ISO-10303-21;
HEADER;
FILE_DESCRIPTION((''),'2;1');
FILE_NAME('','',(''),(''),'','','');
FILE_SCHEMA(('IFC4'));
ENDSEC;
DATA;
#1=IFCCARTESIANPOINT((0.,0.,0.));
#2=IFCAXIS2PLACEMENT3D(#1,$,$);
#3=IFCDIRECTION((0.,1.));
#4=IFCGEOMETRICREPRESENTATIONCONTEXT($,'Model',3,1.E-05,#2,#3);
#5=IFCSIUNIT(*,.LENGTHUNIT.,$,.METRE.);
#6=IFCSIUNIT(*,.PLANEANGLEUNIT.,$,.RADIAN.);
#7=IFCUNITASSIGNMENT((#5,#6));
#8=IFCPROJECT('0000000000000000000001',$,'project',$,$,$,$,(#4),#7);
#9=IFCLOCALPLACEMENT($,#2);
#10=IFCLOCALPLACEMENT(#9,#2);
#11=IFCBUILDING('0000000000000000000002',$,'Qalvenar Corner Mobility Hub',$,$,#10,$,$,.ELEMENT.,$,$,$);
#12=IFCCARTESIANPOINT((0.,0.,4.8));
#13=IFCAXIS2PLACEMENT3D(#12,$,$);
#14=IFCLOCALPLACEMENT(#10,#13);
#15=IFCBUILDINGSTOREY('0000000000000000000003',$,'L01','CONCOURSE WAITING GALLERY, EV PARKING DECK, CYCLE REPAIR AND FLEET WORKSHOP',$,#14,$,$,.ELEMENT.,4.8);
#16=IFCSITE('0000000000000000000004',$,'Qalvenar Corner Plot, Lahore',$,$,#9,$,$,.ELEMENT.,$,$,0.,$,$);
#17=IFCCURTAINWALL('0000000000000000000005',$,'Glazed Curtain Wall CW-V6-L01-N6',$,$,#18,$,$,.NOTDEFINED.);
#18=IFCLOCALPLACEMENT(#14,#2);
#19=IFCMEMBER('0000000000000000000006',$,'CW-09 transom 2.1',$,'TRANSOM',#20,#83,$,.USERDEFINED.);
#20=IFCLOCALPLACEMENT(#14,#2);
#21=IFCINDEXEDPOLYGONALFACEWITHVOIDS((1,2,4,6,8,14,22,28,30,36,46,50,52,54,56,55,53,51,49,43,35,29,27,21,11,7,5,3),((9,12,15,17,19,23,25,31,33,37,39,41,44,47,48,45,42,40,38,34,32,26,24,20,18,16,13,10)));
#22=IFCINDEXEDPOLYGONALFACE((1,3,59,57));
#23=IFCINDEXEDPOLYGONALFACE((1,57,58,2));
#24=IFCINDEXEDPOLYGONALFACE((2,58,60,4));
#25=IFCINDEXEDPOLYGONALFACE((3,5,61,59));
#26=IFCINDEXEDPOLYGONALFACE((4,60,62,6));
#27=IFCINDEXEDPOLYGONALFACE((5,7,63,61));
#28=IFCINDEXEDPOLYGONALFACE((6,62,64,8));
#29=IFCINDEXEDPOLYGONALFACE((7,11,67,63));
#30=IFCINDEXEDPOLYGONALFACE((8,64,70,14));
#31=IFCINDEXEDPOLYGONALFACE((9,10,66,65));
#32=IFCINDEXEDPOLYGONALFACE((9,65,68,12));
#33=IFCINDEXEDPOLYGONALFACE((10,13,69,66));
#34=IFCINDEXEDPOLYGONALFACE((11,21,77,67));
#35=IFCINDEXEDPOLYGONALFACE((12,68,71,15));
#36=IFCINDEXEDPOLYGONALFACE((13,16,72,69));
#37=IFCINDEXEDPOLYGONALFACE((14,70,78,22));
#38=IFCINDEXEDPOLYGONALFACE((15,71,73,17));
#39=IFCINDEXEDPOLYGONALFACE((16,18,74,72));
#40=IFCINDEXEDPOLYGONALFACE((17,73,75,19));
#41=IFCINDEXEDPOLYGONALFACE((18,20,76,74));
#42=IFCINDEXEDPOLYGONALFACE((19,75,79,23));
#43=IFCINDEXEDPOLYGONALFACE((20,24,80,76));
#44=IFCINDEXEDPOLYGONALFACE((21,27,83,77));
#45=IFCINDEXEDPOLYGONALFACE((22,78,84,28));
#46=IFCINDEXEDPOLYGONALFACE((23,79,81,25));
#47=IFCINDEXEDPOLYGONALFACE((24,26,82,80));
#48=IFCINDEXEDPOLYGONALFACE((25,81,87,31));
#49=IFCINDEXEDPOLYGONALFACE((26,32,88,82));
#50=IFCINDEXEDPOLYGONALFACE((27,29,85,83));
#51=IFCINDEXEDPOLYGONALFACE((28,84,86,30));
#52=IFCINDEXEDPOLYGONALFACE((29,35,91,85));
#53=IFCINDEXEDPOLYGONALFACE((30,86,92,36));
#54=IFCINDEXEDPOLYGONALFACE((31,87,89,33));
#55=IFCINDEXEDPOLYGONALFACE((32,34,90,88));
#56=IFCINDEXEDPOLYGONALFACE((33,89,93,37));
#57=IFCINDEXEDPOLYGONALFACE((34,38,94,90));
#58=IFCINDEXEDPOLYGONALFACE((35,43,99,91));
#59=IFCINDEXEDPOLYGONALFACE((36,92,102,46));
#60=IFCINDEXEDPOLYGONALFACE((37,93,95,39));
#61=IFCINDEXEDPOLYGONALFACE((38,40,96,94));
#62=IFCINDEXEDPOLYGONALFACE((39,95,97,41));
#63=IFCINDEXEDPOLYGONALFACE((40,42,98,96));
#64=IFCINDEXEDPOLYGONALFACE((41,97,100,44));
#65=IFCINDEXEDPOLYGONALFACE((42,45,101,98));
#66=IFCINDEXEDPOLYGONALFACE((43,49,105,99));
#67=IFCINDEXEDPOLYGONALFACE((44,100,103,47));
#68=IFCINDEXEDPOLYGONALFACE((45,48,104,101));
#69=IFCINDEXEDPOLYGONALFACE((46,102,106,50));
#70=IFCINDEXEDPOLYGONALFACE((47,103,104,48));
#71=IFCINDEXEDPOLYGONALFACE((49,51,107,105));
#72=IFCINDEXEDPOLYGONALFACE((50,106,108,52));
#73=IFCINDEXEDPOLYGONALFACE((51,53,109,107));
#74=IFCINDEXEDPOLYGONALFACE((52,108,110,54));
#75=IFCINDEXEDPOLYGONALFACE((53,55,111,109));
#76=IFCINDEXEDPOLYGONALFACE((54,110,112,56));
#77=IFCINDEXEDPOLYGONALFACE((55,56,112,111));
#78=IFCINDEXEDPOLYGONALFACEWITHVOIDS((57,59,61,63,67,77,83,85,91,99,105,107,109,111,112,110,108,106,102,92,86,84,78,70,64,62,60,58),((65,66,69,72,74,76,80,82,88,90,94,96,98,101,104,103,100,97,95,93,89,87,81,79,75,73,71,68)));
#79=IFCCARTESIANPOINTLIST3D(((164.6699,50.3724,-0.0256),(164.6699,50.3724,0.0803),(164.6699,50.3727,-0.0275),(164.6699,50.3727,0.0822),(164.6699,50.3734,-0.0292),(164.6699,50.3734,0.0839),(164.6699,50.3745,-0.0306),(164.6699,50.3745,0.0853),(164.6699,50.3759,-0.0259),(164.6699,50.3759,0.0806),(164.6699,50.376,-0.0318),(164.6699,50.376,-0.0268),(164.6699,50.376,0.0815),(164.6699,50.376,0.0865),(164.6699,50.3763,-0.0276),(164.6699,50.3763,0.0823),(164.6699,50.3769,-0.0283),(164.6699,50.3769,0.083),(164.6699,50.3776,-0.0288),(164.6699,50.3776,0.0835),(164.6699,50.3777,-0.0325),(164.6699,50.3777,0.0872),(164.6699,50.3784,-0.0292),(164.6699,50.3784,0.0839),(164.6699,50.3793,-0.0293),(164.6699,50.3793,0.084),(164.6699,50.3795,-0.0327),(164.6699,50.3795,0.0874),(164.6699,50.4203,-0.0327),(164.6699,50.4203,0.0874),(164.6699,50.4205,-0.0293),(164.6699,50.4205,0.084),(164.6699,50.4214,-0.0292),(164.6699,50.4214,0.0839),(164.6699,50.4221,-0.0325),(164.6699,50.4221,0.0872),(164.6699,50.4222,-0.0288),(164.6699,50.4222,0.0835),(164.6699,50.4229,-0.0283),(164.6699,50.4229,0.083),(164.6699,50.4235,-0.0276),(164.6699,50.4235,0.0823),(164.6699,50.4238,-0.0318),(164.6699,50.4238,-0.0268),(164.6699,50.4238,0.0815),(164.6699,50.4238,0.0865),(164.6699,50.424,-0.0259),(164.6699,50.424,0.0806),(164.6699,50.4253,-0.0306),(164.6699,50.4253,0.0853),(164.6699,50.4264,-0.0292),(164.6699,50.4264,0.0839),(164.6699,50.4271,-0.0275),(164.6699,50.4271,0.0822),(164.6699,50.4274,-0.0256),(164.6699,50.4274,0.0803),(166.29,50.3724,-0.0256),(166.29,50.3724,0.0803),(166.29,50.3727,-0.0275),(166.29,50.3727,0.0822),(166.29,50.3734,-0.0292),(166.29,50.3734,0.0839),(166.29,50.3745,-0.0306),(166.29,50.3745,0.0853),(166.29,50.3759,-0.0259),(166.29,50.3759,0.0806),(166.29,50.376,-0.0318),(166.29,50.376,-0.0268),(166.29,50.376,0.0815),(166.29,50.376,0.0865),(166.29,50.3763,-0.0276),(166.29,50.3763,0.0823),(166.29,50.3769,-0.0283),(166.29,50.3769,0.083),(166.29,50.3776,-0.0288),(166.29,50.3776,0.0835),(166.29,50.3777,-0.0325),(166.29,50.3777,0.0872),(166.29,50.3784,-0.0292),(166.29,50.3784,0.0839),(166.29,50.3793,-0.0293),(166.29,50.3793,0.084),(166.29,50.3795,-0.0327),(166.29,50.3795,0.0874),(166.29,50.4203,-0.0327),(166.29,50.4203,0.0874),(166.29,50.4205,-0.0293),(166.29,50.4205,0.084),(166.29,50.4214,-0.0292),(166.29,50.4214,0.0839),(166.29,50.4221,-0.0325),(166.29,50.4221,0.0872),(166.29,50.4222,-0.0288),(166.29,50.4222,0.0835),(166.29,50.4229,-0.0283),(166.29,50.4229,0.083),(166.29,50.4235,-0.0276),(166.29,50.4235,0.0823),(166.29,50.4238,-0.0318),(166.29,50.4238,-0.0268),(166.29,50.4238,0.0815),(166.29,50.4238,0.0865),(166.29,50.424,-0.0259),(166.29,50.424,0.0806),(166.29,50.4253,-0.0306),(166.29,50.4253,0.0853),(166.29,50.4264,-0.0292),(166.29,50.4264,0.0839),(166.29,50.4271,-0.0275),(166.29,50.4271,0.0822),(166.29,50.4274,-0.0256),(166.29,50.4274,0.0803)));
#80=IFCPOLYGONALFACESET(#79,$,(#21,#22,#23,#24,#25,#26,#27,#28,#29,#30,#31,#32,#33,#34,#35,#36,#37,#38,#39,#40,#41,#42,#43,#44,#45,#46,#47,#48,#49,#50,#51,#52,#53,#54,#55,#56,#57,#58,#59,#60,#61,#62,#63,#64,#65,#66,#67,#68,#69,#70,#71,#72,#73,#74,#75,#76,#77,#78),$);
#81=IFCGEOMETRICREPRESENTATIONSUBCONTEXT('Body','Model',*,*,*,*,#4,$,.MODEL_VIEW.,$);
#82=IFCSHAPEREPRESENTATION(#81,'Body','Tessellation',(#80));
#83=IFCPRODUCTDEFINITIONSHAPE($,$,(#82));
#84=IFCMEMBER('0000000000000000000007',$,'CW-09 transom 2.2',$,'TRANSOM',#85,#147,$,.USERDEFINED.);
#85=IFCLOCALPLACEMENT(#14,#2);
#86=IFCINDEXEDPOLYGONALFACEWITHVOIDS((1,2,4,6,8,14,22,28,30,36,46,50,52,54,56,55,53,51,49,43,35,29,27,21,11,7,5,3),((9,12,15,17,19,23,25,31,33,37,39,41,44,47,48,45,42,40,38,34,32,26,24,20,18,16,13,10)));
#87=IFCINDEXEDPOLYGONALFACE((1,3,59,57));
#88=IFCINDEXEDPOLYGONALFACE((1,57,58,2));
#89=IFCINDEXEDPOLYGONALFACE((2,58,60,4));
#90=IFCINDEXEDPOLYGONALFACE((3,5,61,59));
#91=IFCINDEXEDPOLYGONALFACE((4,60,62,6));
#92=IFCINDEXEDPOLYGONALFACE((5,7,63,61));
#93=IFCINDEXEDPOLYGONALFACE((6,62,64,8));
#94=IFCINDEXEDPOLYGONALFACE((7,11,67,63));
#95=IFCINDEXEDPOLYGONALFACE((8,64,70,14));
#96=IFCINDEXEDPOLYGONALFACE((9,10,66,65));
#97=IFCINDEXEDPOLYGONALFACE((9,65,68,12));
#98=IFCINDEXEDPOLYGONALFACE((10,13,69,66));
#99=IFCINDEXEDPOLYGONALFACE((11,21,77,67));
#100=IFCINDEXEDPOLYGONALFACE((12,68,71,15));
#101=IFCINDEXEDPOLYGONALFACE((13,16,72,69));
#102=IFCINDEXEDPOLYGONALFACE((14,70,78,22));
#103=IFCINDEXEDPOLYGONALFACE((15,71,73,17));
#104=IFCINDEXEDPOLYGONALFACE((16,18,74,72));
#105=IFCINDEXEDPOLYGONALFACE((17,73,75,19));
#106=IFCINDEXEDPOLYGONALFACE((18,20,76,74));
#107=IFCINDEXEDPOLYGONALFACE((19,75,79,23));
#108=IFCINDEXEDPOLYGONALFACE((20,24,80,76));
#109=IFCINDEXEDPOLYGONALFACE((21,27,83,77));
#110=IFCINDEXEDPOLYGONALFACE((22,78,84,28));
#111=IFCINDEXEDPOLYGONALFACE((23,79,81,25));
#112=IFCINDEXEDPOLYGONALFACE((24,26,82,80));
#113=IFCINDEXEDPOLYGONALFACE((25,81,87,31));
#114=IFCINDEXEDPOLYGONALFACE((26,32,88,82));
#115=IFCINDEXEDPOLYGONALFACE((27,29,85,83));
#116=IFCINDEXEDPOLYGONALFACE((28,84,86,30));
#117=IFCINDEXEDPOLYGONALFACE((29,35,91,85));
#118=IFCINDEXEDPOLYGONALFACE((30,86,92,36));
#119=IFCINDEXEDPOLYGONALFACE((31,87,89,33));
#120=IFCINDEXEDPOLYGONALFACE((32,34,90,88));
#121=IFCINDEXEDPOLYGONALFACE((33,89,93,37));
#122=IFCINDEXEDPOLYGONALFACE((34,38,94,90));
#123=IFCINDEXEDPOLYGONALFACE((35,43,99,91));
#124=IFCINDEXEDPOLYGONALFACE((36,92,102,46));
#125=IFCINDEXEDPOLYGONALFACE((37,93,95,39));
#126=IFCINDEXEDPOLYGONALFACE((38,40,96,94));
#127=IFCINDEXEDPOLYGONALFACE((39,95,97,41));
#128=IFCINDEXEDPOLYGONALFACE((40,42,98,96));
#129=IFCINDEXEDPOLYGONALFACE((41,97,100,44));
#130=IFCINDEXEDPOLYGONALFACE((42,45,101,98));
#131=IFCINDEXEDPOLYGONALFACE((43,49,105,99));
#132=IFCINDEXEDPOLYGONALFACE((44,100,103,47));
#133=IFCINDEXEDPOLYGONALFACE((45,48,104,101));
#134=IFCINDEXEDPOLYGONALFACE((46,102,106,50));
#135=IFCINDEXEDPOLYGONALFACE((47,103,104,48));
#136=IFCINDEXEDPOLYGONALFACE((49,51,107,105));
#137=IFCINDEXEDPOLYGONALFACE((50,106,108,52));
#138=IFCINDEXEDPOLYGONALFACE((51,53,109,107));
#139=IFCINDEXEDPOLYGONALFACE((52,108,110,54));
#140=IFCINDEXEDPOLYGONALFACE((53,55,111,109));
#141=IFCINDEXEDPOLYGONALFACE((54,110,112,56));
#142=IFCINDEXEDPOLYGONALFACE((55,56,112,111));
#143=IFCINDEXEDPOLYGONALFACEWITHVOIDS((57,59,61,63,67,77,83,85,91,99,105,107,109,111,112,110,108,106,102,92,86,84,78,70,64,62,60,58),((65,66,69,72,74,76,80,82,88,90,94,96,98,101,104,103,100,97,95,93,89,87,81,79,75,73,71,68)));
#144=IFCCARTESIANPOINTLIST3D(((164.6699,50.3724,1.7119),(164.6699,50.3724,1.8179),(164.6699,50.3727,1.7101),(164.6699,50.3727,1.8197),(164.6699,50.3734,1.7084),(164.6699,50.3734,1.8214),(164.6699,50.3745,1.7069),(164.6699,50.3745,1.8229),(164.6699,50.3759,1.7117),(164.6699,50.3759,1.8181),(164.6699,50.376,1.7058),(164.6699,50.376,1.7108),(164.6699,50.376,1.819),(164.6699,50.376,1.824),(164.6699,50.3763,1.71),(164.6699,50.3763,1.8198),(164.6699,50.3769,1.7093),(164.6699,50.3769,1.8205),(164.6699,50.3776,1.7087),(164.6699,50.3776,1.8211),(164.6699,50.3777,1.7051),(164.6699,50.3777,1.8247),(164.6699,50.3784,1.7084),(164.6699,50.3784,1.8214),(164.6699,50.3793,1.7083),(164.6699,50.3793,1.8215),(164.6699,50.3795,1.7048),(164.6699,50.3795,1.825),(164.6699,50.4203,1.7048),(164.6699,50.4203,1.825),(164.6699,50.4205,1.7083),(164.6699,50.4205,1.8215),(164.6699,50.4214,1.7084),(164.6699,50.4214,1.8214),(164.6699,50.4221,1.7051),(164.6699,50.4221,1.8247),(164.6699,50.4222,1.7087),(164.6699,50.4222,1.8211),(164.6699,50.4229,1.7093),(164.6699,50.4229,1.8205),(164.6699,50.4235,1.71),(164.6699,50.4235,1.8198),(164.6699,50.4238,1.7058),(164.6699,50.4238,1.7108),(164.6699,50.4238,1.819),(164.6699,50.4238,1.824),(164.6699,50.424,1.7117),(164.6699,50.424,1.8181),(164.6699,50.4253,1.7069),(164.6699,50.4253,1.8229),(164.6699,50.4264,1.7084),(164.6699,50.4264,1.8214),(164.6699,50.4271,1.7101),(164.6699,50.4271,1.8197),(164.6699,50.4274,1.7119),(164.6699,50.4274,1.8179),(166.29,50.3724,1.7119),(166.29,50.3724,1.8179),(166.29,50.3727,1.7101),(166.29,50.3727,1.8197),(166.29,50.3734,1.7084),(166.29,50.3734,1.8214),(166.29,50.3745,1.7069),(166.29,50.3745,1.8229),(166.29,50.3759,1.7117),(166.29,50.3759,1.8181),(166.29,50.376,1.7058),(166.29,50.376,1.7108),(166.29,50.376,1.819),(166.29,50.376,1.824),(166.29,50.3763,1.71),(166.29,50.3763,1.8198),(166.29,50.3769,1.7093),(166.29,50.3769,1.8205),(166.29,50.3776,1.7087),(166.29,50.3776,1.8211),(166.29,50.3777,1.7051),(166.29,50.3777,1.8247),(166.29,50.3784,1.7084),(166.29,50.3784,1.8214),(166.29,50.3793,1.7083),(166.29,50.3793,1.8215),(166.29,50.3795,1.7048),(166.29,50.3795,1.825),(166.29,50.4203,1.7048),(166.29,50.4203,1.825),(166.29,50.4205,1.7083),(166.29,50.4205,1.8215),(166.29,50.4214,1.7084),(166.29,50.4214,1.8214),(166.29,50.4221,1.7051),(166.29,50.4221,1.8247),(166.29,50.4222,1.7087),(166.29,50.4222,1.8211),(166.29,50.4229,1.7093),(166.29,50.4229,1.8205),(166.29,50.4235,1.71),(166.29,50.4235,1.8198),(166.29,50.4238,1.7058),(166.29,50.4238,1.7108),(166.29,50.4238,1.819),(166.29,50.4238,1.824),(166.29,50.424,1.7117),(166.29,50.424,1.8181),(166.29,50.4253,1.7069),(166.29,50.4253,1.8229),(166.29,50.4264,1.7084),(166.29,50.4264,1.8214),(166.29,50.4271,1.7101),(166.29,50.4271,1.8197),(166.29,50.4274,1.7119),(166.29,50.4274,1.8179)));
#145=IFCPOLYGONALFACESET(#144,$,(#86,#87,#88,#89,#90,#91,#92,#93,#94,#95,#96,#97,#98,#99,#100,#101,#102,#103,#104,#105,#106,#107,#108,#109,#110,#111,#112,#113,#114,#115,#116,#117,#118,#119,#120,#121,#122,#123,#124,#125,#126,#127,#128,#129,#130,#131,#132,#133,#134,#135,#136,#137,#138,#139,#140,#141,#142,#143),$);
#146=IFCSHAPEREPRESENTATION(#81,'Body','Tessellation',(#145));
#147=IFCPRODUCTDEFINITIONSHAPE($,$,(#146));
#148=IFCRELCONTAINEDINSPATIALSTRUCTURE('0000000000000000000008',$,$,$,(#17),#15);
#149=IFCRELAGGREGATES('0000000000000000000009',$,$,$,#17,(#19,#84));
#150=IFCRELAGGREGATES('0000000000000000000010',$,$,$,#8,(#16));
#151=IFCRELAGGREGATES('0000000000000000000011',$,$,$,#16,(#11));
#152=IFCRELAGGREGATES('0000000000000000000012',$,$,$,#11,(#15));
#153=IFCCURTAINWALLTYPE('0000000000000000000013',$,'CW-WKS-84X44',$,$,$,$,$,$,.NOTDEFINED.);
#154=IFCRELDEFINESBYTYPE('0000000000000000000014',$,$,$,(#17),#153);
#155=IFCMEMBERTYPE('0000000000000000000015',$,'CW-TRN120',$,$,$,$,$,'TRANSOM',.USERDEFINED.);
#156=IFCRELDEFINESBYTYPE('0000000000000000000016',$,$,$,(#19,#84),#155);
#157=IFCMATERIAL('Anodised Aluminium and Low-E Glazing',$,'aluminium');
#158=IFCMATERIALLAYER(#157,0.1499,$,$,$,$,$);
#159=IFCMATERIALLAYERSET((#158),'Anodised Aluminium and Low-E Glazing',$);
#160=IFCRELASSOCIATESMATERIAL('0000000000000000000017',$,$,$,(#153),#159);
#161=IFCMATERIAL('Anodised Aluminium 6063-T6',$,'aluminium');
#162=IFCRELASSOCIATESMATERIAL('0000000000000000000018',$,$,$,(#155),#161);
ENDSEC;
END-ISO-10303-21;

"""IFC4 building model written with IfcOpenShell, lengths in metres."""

from ifc_helpers import new_model, si_unit, direction, frame, origin, origin_2d, place, context, subcontext, project, spatial, hollow_rectangle, extrude, material, layer, layer_set, material_profile, profile_set, type_object, element, aggregate, save


model = new_model("IFC4")

# Units and contexts
model_context = context("Model", 3, precision=1e-05, world=origin(), true_north=direction((0.0, 1.0)))
body_context = subcontext(model_context, "Body", "Model", "MODEL_VIEW")
ifc_project = project(units=[si_unit("LENGTHUNIT", "METRE"), si_unit("PLANEANGLEUNIT", "RADIAN")], contexts=[model_context])

# Site, building, storey
site_placement = place(None, origin())
site = spatial("IfcSite", under=ifc_project, at=site_placement, Name="Qalvenar Corner Plot, Lahore", CompositionType="ELEMENT", RefElevation=0.0)
building_placement = place(site_placement, origin())
building = spatial("IfcBuilding", under=site, at=building_placement, Name="Qalvenar Corner Mobility Hub", CompositionType="ELEMENT")
storey_placement = place(building_placement, frame((0.0, 0.0, 4.8)))
storey = spatial("IfcBuildingStorey", under=building, at=storey_placement, Name="L01", Description="CONCOURSE WAITING GALLERY, EV PARKING DECK, CYCLE REPAIR AND FLEET WORKSHOP", CompositionType="ELEMENT", Elevation=4.8)

# Curtain wall, members
ifc_material_1 = material(Name="Anodised Aluminium and Low-E Glazing", Category="aluminium")
ifc_layer_1 = layer(ifc_material_1, 0.1499)
ifc_layer_set_1 = layer_set([ifc_layer_1], Name="Anodised Aluminium and Low-E Glazing")
curtain_wall_type = type_object("IfcCurtainWallType", Name="CW-WKS-84X44", PredefinedType="NOTDEFINED", material=ifc_layer_set_1)
curtain_wall_placement = place(storey_placement, origin())
curtain_wall = element("IfcCurtainWall", 1, at=curtain_wall_placement, inside=storey, type_object=curtain_wall_type, Name="Glazed Curtain Wall CW-V6-L01-N6", PredefinedType="NOTDEFINED")
ifc_material_2 = material(Name="Anodised Aluminium 6063-T6", Category="aluminium")
ifc_material_profile_1 = material_profile(ifc_material_2, hollow_rectangle(XDim=0.0549, YDim=0.1201, WallThickness=0.0034, InnerFilletRadius=0.0034, OuterFilletRadius=0.0071, at=origin_2d()), Name="RHS120x55x3.5")
ifc_profile_set_1 = profile_set([ifc_material_profile_1], Name="Anodised Aluminium 6063-T6")
member_type_1 = type_object("IfcMemberType", Name="CW-TRN120", ElementType="TRANSOM", PredefinedType="USERDEFINED", material=ifc_profile_set_1)
member_1_placement = place(storey_placement, frame((166.29, 50.3999, 0.0273), z_axis=(-1.0, 0.0, 0.0), x_axis=(0.0, -1.0, 0.0)))
member_1 = element("IfcMember", 2, at=member_1_placement, type_object=member_type_1, Name="CW-09 transom 2.1", ObjectType="TRANSOM", PredefinedType="USERDEFINED", context=body_context, shape_type="SweptSolid", body=[
    extrude(hollow_rectangle(XDim=0.0549, YDim=0.1201, WallThickness=0.0034, InnerFilletRadius=0.0034, OuterFilletRadius=0.0071, at=origin_2d()), origin(), (0.0, 0.0, 1.0), 1.6201),
])
member_2_placement = place(storey_placement, frame((166.29, 50.3999, 1.7649), z_axis=(-1.0, 0.0, 0.0), x_axis=(0.0, -1.0, 0.0)))
member_2 = element("IfcMember", 3, at=member_2_placement, type_object=member_type_1, Name="CW-09 transom 2.2", ObjectType="TRANSOM", PredefinedType="USERDEFINED", context=body_context, shape_type="SweptSolid", body=[
    extrude(hollow_rectangle(XDim=0.0549, YDim=0.1201, WallThickness=0.0034, InnerFilletRadius=0.0034, OuterFilletRadius=0.0071, at=origin_2d()), origin(), (0.0, 0.0, 1.0), 1.6201),
])
aggregate(curtain_wall, [member_1, member_2])

save(model, "model.ifc")
